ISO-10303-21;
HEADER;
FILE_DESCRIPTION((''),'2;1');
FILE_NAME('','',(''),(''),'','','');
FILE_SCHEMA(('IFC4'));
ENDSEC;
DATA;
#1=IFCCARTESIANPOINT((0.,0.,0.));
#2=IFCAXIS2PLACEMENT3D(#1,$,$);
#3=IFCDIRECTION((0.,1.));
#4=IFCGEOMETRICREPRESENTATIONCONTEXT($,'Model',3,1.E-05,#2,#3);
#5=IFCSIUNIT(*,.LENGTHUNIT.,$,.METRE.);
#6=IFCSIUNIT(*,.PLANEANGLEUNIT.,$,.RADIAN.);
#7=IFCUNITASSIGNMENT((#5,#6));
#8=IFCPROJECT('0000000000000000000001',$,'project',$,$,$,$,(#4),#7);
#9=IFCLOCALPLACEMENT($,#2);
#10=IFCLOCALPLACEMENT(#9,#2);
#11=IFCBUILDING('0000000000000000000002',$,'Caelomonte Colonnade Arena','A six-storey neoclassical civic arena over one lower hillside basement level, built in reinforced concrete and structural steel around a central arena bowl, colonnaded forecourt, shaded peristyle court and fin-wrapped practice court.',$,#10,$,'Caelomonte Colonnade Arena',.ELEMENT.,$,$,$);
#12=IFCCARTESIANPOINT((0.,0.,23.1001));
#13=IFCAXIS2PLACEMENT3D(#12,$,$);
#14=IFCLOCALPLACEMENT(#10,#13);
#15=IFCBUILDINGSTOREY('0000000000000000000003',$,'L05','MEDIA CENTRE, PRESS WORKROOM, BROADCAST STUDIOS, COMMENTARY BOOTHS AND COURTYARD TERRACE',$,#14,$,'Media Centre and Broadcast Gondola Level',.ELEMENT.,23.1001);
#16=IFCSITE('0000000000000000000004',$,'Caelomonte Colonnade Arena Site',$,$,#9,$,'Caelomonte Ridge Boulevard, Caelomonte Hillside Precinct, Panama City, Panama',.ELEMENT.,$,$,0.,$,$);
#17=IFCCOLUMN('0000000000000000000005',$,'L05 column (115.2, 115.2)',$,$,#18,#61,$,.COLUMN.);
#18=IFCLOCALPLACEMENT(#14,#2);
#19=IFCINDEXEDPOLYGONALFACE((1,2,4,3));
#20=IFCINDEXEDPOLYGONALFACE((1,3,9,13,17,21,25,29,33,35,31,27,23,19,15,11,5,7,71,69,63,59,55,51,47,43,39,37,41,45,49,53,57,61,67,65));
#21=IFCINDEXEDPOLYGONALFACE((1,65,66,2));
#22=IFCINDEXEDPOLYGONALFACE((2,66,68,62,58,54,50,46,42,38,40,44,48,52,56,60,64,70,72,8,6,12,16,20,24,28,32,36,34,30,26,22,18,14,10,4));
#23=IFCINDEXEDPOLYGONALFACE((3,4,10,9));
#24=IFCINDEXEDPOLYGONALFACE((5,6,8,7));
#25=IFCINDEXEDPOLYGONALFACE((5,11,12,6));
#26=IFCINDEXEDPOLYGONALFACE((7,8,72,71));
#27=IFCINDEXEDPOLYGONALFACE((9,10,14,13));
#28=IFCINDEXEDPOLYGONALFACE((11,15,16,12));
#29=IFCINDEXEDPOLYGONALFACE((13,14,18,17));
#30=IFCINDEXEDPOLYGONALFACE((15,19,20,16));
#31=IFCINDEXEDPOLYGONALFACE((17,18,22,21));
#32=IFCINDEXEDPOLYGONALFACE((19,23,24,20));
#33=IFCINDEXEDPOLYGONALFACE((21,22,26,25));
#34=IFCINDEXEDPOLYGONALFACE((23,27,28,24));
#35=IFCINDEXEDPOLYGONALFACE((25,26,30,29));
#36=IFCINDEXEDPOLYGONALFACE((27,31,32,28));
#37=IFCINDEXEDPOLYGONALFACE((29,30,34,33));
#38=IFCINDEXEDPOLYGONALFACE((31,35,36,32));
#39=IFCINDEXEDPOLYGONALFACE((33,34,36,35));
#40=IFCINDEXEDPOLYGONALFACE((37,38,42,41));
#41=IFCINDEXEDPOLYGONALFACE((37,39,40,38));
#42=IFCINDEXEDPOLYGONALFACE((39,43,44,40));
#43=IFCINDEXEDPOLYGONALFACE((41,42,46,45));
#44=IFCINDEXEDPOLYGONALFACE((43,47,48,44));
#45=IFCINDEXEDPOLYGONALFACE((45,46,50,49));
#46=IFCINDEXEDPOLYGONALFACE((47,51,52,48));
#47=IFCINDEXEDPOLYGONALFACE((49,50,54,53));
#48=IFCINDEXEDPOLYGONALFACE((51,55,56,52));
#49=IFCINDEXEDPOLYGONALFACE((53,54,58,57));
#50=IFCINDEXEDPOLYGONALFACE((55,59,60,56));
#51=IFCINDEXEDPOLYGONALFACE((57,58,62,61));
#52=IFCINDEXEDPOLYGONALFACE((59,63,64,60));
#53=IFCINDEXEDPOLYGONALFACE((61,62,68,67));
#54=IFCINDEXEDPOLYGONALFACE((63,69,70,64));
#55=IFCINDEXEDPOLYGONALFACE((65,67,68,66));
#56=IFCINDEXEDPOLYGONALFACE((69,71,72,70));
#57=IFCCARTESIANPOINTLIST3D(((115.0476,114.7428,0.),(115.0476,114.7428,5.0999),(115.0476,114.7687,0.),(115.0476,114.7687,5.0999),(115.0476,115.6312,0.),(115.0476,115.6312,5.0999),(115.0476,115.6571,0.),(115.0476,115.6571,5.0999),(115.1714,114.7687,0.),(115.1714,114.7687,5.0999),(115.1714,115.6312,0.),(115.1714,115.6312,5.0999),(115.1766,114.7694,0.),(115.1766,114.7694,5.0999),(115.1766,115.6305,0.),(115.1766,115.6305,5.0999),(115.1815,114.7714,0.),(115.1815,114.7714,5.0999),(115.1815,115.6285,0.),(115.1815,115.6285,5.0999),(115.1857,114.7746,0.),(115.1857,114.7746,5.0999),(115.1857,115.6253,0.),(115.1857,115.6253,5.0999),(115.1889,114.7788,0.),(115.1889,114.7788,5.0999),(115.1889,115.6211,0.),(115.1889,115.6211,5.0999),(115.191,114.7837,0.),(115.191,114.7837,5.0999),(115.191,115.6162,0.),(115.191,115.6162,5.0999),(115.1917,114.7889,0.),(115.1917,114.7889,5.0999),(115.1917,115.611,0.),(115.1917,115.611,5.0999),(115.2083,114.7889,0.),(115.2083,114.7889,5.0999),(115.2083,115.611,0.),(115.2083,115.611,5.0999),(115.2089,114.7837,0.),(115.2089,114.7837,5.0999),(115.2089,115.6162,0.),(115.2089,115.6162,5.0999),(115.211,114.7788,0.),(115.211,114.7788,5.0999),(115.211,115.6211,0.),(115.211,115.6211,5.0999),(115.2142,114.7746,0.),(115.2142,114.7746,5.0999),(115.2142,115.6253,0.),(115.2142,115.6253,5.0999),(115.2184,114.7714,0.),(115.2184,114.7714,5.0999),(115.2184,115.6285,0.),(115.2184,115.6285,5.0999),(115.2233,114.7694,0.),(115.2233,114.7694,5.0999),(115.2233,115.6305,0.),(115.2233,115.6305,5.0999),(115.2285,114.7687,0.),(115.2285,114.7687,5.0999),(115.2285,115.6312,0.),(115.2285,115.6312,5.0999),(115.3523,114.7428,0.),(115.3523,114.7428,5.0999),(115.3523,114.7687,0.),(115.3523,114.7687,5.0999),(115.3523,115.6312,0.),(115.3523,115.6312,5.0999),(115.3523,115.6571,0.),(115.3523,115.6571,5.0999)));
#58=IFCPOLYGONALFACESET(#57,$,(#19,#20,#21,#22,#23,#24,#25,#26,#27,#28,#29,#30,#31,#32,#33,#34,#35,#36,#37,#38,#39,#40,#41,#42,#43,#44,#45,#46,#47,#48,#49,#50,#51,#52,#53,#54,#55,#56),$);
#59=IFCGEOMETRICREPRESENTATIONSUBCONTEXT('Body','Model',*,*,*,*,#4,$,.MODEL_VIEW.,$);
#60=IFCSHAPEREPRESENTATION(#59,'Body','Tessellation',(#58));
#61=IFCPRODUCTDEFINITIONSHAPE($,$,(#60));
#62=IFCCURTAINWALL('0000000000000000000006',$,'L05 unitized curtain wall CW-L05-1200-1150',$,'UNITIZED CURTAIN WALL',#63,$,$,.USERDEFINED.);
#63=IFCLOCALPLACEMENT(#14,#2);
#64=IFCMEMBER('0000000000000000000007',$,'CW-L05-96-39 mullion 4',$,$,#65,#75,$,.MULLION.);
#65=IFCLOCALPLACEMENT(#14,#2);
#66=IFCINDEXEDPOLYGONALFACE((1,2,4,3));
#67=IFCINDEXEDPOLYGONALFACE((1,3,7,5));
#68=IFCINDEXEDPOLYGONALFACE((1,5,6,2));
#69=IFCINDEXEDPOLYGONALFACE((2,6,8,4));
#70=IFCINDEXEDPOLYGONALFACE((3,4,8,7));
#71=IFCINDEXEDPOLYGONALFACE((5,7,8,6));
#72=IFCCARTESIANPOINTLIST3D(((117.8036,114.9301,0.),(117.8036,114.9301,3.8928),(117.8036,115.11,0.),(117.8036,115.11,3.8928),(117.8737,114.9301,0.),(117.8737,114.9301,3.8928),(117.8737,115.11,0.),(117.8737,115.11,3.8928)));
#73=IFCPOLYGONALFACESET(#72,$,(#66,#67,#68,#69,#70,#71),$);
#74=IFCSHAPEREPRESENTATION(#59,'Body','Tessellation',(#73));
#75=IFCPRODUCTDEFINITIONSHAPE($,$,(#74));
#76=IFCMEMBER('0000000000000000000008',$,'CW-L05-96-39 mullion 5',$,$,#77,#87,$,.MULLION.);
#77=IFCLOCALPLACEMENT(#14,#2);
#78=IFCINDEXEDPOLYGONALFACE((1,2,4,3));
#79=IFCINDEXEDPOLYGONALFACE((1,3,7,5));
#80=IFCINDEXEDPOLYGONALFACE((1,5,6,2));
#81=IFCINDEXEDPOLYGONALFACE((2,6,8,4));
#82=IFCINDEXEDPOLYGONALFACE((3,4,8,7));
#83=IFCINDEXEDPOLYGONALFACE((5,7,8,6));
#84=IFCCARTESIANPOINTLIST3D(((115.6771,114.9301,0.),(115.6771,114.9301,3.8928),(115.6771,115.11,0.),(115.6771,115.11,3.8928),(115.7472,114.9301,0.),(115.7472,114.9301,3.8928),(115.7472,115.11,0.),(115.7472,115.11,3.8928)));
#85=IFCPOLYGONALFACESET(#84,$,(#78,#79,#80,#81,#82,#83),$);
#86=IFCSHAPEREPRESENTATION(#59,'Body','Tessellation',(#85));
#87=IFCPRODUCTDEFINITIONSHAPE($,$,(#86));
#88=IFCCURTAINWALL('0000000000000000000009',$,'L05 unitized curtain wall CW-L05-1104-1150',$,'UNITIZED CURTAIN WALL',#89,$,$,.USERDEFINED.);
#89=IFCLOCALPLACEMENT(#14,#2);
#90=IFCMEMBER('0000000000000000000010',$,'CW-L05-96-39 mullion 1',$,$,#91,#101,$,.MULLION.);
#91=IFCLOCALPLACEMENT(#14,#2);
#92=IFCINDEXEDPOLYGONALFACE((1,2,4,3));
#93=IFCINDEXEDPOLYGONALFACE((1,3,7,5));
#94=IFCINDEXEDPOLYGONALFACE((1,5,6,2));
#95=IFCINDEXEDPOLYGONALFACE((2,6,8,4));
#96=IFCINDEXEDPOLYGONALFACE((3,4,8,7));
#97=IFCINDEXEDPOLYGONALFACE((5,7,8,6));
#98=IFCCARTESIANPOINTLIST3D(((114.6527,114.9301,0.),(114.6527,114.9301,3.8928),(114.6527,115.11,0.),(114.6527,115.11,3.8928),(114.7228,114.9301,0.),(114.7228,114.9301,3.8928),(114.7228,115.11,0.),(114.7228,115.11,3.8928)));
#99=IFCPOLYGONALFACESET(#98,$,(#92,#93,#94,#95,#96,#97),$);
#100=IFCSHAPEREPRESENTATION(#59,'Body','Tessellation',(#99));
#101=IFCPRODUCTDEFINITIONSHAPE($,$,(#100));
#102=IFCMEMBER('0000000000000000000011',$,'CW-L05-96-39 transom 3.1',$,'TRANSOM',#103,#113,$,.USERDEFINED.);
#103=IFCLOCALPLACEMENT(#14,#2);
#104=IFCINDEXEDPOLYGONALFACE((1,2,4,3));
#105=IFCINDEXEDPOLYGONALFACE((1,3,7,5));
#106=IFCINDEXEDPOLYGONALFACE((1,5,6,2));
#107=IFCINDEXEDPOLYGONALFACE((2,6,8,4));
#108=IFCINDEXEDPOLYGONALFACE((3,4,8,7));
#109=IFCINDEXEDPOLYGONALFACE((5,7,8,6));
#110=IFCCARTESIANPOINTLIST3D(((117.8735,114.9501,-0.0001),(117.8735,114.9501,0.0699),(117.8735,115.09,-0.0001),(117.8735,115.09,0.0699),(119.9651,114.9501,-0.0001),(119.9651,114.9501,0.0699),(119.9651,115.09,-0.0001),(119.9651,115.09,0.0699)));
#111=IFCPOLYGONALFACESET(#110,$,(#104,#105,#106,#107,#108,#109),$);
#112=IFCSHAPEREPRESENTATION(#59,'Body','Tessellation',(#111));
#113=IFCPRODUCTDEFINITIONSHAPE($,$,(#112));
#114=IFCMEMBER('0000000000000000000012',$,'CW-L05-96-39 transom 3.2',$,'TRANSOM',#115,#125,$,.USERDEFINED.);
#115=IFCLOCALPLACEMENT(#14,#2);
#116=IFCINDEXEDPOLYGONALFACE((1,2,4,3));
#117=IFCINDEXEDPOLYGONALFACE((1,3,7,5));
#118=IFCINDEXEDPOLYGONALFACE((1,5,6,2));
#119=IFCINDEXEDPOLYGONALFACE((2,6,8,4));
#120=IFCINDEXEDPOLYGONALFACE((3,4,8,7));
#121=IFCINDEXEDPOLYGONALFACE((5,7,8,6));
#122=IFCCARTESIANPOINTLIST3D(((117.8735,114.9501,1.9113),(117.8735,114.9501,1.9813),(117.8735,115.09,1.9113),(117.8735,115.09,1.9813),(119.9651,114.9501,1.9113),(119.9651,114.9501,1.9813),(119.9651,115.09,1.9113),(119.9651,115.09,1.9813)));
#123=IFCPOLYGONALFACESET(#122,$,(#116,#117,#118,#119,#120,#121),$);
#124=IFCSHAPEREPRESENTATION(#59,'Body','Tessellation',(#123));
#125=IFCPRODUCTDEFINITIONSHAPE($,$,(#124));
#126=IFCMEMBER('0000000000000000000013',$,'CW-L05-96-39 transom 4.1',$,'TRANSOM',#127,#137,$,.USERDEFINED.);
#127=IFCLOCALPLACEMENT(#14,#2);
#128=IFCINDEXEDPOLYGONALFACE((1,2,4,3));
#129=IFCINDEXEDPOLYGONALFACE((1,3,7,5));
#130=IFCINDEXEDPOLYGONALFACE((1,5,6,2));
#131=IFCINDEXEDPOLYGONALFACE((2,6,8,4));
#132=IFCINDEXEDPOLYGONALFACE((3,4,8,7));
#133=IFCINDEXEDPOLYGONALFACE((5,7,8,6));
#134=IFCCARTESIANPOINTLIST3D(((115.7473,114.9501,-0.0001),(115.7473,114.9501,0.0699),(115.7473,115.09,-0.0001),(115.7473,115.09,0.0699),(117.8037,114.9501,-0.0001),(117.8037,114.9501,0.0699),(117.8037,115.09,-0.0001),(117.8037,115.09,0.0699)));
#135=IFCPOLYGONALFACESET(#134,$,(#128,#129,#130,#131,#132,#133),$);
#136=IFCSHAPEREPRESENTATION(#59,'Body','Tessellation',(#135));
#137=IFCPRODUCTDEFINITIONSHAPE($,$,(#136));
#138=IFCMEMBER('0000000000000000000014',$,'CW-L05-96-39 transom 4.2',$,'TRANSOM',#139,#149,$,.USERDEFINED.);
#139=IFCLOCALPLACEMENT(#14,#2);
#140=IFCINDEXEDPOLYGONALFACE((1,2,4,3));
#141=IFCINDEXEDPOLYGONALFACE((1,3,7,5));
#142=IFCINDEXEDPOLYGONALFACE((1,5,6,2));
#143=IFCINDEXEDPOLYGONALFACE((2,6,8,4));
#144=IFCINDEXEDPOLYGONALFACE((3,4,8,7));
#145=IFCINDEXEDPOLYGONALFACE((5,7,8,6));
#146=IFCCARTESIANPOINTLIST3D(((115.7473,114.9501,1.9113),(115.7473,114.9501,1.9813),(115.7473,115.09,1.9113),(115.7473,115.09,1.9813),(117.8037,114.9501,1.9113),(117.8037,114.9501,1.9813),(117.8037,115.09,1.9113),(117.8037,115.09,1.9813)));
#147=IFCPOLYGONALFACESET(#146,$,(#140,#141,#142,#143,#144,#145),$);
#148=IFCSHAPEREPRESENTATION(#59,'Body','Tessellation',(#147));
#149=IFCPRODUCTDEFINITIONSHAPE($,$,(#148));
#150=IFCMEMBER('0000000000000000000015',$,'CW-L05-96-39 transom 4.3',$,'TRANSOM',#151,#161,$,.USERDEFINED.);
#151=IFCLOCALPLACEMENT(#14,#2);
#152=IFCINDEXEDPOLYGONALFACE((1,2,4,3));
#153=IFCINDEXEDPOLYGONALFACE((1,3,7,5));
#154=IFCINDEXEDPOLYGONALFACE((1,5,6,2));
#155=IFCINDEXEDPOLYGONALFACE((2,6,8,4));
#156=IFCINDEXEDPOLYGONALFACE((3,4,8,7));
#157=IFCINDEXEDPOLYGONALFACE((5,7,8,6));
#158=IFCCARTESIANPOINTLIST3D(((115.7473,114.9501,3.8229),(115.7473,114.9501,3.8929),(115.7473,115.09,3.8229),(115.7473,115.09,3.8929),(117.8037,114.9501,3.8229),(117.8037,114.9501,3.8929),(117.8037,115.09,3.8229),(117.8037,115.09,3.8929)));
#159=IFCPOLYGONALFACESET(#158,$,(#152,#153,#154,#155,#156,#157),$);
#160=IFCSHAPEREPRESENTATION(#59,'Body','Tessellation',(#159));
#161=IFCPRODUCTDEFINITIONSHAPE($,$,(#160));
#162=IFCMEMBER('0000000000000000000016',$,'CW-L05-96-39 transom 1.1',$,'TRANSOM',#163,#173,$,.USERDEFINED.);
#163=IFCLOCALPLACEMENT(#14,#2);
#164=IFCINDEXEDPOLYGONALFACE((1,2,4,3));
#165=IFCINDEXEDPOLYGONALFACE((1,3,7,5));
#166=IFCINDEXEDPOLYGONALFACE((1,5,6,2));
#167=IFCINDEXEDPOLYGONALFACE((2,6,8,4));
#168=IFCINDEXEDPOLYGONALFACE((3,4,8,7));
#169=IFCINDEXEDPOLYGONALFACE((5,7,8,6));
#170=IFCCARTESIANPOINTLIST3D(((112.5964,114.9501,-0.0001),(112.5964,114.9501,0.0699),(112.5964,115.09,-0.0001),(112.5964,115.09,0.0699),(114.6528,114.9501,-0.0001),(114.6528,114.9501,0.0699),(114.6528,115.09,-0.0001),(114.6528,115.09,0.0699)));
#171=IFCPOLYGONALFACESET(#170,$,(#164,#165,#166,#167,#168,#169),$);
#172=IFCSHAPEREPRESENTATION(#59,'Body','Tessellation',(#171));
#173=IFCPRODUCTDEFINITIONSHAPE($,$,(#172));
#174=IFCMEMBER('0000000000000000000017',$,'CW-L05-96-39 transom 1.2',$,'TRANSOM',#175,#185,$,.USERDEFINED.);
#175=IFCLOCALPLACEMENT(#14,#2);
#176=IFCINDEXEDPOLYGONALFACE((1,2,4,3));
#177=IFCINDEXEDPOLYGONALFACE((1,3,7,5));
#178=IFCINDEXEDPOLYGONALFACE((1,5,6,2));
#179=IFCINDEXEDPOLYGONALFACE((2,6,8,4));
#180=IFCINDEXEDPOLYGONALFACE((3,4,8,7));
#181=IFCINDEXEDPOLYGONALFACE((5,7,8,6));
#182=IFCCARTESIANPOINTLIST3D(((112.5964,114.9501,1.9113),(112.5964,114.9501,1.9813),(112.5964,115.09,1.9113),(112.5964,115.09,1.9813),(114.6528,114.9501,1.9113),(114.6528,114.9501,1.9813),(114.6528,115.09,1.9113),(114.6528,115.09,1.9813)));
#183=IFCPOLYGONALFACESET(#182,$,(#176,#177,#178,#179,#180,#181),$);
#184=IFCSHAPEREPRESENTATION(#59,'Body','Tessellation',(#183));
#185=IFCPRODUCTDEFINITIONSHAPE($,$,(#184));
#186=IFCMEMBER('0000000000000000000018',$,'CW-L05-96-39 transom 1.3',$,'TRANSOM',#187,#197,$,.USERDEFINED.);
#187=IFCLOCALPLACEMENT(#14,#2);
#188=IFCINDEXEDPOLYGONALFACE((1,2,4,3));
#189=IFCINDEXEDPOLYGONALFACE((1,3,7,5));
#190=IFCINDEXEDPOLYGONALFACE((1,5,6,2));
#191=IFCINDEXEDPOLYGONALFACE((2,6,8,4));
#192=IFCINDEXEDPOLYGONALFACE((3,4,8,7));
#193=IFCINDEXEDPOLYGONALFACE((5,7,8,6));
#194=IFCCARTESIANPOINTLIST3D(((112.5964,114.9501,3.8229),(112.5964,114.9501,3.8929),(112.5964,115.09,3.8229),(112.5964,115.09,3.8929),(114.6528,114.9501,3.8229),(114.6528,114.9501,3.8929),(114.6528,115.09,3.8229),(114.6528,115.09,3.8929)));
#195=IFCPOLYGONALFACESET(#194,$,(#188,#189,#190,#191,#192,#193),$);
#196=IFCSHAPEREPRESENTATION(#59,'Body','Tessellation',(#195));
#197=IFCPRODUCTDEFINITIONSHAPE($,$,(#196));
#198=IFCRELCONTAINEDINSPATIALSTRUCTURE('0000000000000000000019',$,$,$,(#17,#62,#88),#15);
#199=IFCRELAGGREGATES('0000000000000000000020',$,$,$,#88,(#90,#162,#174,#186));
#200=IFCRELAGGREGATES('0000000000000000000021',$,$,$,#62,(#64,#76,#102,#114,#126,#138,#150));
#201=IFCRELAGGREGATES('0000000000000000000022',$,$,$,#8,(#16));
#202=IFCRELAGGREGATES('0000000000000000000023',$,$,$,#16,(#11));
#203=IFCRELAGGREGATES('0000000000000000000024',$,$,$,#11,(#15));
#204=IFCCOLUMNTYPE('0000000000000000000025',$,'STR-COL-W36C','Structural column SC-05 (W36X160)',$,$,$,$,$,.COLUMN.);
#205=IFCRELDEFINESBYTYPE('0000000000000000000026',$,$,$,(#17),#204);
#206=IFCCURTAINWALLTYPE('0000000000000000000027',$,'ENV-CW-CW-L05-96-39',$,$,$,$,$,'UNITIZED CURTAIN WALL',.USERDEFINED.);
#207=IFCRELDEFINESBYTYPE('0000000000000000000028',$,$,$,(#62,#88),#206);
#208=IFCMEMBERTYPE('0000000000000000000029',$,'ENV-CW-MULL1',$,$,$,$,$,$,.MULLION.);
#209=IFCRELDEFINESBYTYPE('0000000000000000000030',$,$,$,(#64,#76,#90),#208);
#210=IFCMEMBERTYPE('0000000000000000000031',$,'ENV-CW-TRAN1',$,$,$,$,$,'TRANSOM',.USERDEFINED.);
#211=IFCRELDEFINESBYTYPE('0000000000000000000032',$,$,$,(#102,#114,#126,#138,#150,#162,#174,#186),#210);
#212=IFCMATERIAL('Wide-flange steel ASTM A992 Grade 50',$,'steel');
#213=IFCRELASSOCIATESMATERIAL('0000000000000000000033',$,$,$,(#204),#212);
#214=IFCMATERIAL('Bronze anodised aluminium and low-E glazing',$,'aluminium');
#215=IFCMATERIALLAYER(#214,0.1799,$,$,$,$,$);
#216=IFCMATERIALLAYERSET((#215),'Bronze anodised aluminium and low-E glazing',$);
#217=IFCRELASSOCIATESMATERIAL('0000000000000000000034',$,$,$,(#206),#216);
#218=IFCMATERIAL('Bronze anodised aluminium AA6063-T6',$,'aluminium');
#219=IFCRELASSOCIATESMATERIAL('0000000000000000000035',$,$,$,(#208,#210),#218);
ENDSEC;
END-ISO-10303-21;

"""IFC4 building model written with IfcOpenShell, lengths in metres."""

from ifc_helpers import new_model, si_unit, direction, frame, origin, origin_2d, place, context, subcontext, project, spatial, rectangle, i_section, extrude, material, layer, layer_set, material_profile, profile_set, type_object, element, aggregate, save


model = new_model("IFC4")

# Units and contexts
model_context = context("Model", 3, precision=1e-05, world=origin(), true_north=direction((0.0, 1.0)))
body_context = subcontext(model_context, "Body", "Model", "MODEL_VIEW")
ifc_project = project(units=[si_unit("LENGTHUNIT", "METRE"), si_unit("PLANEANGLEUNIT", "RADIAN")], contexts=[model_context])

# Site, building, storey
site_placement = place(None, origin())
site = spatial("IfcSite", under=ifc_project, at=site_placement, Name="Caelomonte Colonnade Arena Site", LongName="Caelomonte Ridge Boulevard, Caelomonte Hillside Precinct, Panama City, Panama", CompositionType="ELEMENT", RefElevation=0.0)
building_placement = place(site_placement, origin())
building = spatial("IfcBuilding", under=site, at=building_placement, Name="Caelomonte Colonnade Arena", Description="A six-storey neoclassical civic arena over one lower hillside basement level, built in reinforced concrete and structural steel around a central arena bowl, colonnaded forecourt, shaded peristyle court and fin-wrapped practice court.", LongName="Caelomonte Colonnade Arena", CompositionType="ELEMENT")
storey_placement = place(building_placement, frame((0.0, 0.0, 23.1001)))
storey = spatial("IfcBuildingStorey", under=building, at=storey_placement, Name="L05", Description="MEDIA CENTRE, PRESS WORKROOM, BROADCAST STUDIOS, COMMENTARY BOOTHS AND COURTYARD TERRACE", LongName="Media Centre and Broadcast Gondola Level", CompositionType="ELEMENT", Elevation=23.1001)

# Column
ifc_material_1 = material(Name="Wide-flange steel ASTM A992 Grade 50", Category="steel")
ifc_material_profile_1 = material_profile(ifc_material_1, i_section(OverallWidth=0.3047, OverallDepth=0.9143, WebThickness=0.0166, FlangeThickness=0.0259, FilletRadius=0.0203, at=origin_2d()), Name="W36X160")
ifc_profile_set_1 = profile_set([ifc_material_profile_1], Name="Wide-flange steel ASTM A992 Grade 50")
column_type = type_object("IfcColumnType", Name="STR-COL-W36C", Description="Structural column SC-05 (W36X160)", PredefinedType="COLUMN", material=ifc_profile_set_1)
column_placement = place(storey_placement, frame((115.2, 115.2, 0.0), z_axis=(0.0, 0.0, 1.0), x_axis=(1.0, 0.0, 0.0)))
element("IfcColumn", 1, at=column_placement, inside=storey, type_object=column_type, Name="L05 column (115.2, 115.2)", PredefinedType="COLUMN", context=body_context, shape_type="SweptSolid", body=[
    extrude(i_section(OverallWidth=0.3047, OverallDepth=0.9143, WebThickness=0.0166, FlangeThickness=0.0259, FilletRadius=0.0203, at=origin_2d()), origin(), (0.0, 0.0, 1.0), 5.0999),
])

# Curtain wall, members
ifc_material_2 = material(Name="Bronze anodised aluminium and low-E glazing", Category="aluminium")
ifc_layer_1 = layer(ifc_material_2, 0.1799)
ifc_layer_set_1 = layer_set([ifc_layer_1], Name="Bronze anodised aluminium and low-E glazing")
curtain_wall_type = type_object("IfcCurtainWallType", Name="ENV-CW-CW-L05-96-39", ElementType="UNITIZED CURTAIN WALL", PredefinedType="USERDEFINED", material=ifc_layer_set_1)
curtain_wall_1_placement = place(storey_placement, origin())
curtain_wall_1 = element("IfcCurtainWall", 2, at=curtain_wall_1_placement, inside=storey, type_object=curtain_wall_type, Name="L05 unitized curtain wall CW-L05-1200-1150", ObjectType="UNITIZED CURTAIN WALL", PredefinedType="USERDEFINED")
ifc_material_3 = material(Name="Bronze anodised aluminium AA6063-T6", Category="aluminium")
ifc_material_profile_2 = material_profile(ifc_material_3, rectangle(XDim=0.0701, YDim=0.1799, at=origin_2d()), Name="CWM-70X180")
ifc_profile_set_2 = profile_set([ifc_material_profile_2], Name="Bronze anodised aluminium AA6063-T6")
member_type_1 = type_object("IfcMemberType", Name="ENV-CW-MULL1", PredefinedType="MULLION", material=ifc_profile_set_2)
member_1_placement = place(storey_placement, frame((117.8386, 115.02, 0.0), z_axis=(0.0, 0.0, 1.0), x_axis=(-1.0, 0.0, 0.0)))
member_1 = element("IfcMember", 3, at=member_1_placement, type_object=member_type_1, Name="CW-L05-96-39 mullion 4", PredefinedType="MULLION", context=body_context, shape_type="SweptSolid", body=[
    extrude(rectangle(XDim=0.0701, YDim=0.1799, at=origin_2d()), origin(), (0.0, 0.0, 1.0), 3.8928),
])
member_2_placement = place(storey_placement, frame((115.7122, 115.02, 0.0), z_axis=(0.0, 0.0, 1.0), x_axis=(-1.0, 0.0, 0.0)))
member_2 = element("IfcMember", 4, at=member_2_placement, type_object=member_type_1, Name="CW-L05-96-39 mullion 5", PredefinedType="MULLION", context=body_context, shape_type="SweptSolid", body=[
    extrude(rectangle(XDim=0.0701, YDim=0.1799, at=origin_2d()), origin(), (0.0, 0.0, 1.0), 3.8928),
])

# Curtain wall, member
curtain_wall_2_placement = place(storey_placement, origin())
curtain_wall_2 = element("IfcCurtainWall", 5, at=curtain_wall_2_placement, inside=storey, type_object=curtain_wall_type, Name="L05 unitized curtain wall CW-L05-1104-1150", ObjectType="UNITIZED CURTAIN WALL", PredefinedType="USERDEFINED")
member_3_placement = place(storey_placement, frame((114.6877, 115.02, 0.0), z_axis=(0.0, 0.0, 1.0), x_axis=(-1.0, 0.0, 0.0)))
member_3 = element("IfcMember", 6, at=member_3_placement, type_object=member_type_1, Name="CW-L05-96-39 mullion 1", PredefinedType="MULLION", context=body_context, shape_type="SweptSolid", body=[
    extrude(rectangle(XDim=0.0701, YDim=0.1799, at=origin_2d()), origin(), (0.0, 0.0, 1.0), 3.8928),
])

# Members
ifc_material_profile_3 = material_profile(ifc_material_3, rectangle(XDim=0.0701, YDim=0.1399, at=origin_2d()), Name="CWT-70X140")
ifc_profile_set_3 = profile_set([ifc_material_profile_3], Name="Bronze anodised aluminium AA6063-T6")
member_type_2 = type_object("IfcMemberType", Name="ENV-CW-TRAN1", ElementType="TRANSOM", PredefinedType="USERDEFINED", material=ifc_profile_set_3)
member_4_placement = place(storey_placement, frame((119.9651, 115.02, 0.0349), z_axis=(-1.0, 0.0, 0.0), x_axis=(0.0, 0.0, 1.0)))
member_4 = element("IfcMember", 7, at=member_4_placement, type_object=member_type_2, Name="CW-L05-96-39 transom 3.1", ObjectType="TRANSOM", PredefinedType="USERDEFINED", context=body_context, shape_type="SweptSolid", body=[
    extrude(rectangle(XDim=0.0701, YDim=0.1399, at=origin_2d()), origin(), (0.0, 0.0, 1.0), 2.0916),
])
member_5_placement = place(storey_placement, frame((119.9651, 115.02, 1.9463), z_axis=(-1.0, 0.0, 0.0), x_axis=(0.0, 0.0, 1.0)))
member_5 = element("IfcMember", 8, at=member_5_placement, type_object=member_type_2, Name="CW-L05-96-39 transom 3.2", ObjectType="TRANSOM", PredefinedType="USERDEFINED", context=body_context, shape_type="SweptSolid", body=[
    extrude(rectangle(XDim=0.0701, YDim=0.1399, at=origin_2d()), origin(), (0.0, 0.0, 1.0), 2.0916),
])
member_6_placement = place(storey_placement, frame((117.8037, 115.02, 0.0349), z_axis=(-1.0, 0.0, 0.0), x_axis=(0.0, 0.0, 1.0)))
member_6 = element("IfcMember", 9, at=member_6_placement, type_object=member_type_2, Name="CW-L05-96-39 transom 4.1", ObjectType="TRANSOM", PredefinedType="USERDEFINED", context=body_context, shape_type="SweptSolid", body=[
    extrude(rectangle(XDim=0.0701, YDim=0.1399, at=origin_2d()), origin(), (0.0, 0.0, 1.0), 2.0564),
])
member_7_placement = place(storey_placement, frame((117.8037, 115.02, 1.9463), z_axis=(-1.0, 0.0, 0.0), x_axis=(0.0, 0.0, 1.0)))
member_7 = element("IfcMember", 10, at=member_7_placement, type_object=member_type_2, Name="CW-L05-96-39 transom 4.2", ObjectType="TRANSOM", PredefinedType="USERDEFINED", context=body_context, shape_type="SweptSolid", body=[
    extrude(rectangle(XDim=0.0701, YDim=0.1399, at=origin_2d()), origin(), (0.0, 0.0, 1.0), 2.0564),
])
member_8_placement = place(storey_placement, frame((117.8037, 115.02, 3.8579), z_axis=(-1.0, 0.0, 0.0), x_axis=(0.0, 0.0, 1.0)))
member_8 = element("IfcMember", 11, at=member_8_placement, type_object=member_type_2, Name="CW-L05-96-39 transom 4.3", ObjectType="TRANSOM", PredefinedType="USERDEFINED", context=body_context, shape_type="SweptSolid", body=[
    extrude(rectangle(XDim=0.0701, YDim=0.1399, at=origin_2d()), origin(), (0.0, 0.0, 1.0), 2.0564),
])
member_9_placement = place(storey_placement, frame((114.6528, 115.02, 0.0349), z_axis=(-1.0, 0.0, 0.0), x_axis=(0.0, 0.0, 1.0)))
member_9 = element("IfcMember", 12, at=member_9_placement, type_object=member_type_2, Name="CW-L05-96-39 transom 1.1", ObjectType="TRANSOM", PredefinedType="USERDEFINED", context=body_context, shape_type="SweptSolid", body=[
    extrude(rectangle(XDim=0.0701, YDim=0.1399, at=origin_2d()), origin(), (0.0, 0.0, 1.0), 2.0564),
])
member_10_placement = place(storey_placement, frame((114.6528, 115.02, 1.9463), z_axis=(-1.0, 0.0, 0.0), x_axis=(0.0, 0.0, 1.0)))
member_10 = element("IfcMember", 13, at=member_10_placement, type_object=member_type_2, Name="CW-L05-96-39 transom 1.2", ObjectType="TRANSOM", PredefinedType="USERDEFINED", context=body_context, shape_type="SweptSolid", body=[
    extrude(rectangle(XDim=0.0701, YDim=0.1399, at=origin_2d()), origin(), (0.0, 0.0, 1.0), 2.0564),
])
member_11_placement = place(storey_placement, frame((114.6528, 115.02, 3.8579), z_axis=(-1.0, 0.0, 0.0), x_axis=(0.0, 0.0, 1.0)))
member_11 = element("IfcMember", 14, at=member_11_placement, type_object=member_type_2, Name="CW-L05-96-39 transom 1.3", ObjectType="TRANSOM", PredefinedType="USERDEFINED", context=body_context, shape_type="SweptSolid", body=[
    extrude(rectangle(XDim=0.0701, YDim=0.1399, at=origin_2d()), origin(), (0.0, 0.0, 1.0), 2.0564),
])
aggregate(curtain_wall_2, [member_3, member_9, member_10, member_11])

aggregate(curtain_wall_1, [member_1, member_2, member_4, member_5, member_6, member_7, member_8])

save(model, "model.ifc")
